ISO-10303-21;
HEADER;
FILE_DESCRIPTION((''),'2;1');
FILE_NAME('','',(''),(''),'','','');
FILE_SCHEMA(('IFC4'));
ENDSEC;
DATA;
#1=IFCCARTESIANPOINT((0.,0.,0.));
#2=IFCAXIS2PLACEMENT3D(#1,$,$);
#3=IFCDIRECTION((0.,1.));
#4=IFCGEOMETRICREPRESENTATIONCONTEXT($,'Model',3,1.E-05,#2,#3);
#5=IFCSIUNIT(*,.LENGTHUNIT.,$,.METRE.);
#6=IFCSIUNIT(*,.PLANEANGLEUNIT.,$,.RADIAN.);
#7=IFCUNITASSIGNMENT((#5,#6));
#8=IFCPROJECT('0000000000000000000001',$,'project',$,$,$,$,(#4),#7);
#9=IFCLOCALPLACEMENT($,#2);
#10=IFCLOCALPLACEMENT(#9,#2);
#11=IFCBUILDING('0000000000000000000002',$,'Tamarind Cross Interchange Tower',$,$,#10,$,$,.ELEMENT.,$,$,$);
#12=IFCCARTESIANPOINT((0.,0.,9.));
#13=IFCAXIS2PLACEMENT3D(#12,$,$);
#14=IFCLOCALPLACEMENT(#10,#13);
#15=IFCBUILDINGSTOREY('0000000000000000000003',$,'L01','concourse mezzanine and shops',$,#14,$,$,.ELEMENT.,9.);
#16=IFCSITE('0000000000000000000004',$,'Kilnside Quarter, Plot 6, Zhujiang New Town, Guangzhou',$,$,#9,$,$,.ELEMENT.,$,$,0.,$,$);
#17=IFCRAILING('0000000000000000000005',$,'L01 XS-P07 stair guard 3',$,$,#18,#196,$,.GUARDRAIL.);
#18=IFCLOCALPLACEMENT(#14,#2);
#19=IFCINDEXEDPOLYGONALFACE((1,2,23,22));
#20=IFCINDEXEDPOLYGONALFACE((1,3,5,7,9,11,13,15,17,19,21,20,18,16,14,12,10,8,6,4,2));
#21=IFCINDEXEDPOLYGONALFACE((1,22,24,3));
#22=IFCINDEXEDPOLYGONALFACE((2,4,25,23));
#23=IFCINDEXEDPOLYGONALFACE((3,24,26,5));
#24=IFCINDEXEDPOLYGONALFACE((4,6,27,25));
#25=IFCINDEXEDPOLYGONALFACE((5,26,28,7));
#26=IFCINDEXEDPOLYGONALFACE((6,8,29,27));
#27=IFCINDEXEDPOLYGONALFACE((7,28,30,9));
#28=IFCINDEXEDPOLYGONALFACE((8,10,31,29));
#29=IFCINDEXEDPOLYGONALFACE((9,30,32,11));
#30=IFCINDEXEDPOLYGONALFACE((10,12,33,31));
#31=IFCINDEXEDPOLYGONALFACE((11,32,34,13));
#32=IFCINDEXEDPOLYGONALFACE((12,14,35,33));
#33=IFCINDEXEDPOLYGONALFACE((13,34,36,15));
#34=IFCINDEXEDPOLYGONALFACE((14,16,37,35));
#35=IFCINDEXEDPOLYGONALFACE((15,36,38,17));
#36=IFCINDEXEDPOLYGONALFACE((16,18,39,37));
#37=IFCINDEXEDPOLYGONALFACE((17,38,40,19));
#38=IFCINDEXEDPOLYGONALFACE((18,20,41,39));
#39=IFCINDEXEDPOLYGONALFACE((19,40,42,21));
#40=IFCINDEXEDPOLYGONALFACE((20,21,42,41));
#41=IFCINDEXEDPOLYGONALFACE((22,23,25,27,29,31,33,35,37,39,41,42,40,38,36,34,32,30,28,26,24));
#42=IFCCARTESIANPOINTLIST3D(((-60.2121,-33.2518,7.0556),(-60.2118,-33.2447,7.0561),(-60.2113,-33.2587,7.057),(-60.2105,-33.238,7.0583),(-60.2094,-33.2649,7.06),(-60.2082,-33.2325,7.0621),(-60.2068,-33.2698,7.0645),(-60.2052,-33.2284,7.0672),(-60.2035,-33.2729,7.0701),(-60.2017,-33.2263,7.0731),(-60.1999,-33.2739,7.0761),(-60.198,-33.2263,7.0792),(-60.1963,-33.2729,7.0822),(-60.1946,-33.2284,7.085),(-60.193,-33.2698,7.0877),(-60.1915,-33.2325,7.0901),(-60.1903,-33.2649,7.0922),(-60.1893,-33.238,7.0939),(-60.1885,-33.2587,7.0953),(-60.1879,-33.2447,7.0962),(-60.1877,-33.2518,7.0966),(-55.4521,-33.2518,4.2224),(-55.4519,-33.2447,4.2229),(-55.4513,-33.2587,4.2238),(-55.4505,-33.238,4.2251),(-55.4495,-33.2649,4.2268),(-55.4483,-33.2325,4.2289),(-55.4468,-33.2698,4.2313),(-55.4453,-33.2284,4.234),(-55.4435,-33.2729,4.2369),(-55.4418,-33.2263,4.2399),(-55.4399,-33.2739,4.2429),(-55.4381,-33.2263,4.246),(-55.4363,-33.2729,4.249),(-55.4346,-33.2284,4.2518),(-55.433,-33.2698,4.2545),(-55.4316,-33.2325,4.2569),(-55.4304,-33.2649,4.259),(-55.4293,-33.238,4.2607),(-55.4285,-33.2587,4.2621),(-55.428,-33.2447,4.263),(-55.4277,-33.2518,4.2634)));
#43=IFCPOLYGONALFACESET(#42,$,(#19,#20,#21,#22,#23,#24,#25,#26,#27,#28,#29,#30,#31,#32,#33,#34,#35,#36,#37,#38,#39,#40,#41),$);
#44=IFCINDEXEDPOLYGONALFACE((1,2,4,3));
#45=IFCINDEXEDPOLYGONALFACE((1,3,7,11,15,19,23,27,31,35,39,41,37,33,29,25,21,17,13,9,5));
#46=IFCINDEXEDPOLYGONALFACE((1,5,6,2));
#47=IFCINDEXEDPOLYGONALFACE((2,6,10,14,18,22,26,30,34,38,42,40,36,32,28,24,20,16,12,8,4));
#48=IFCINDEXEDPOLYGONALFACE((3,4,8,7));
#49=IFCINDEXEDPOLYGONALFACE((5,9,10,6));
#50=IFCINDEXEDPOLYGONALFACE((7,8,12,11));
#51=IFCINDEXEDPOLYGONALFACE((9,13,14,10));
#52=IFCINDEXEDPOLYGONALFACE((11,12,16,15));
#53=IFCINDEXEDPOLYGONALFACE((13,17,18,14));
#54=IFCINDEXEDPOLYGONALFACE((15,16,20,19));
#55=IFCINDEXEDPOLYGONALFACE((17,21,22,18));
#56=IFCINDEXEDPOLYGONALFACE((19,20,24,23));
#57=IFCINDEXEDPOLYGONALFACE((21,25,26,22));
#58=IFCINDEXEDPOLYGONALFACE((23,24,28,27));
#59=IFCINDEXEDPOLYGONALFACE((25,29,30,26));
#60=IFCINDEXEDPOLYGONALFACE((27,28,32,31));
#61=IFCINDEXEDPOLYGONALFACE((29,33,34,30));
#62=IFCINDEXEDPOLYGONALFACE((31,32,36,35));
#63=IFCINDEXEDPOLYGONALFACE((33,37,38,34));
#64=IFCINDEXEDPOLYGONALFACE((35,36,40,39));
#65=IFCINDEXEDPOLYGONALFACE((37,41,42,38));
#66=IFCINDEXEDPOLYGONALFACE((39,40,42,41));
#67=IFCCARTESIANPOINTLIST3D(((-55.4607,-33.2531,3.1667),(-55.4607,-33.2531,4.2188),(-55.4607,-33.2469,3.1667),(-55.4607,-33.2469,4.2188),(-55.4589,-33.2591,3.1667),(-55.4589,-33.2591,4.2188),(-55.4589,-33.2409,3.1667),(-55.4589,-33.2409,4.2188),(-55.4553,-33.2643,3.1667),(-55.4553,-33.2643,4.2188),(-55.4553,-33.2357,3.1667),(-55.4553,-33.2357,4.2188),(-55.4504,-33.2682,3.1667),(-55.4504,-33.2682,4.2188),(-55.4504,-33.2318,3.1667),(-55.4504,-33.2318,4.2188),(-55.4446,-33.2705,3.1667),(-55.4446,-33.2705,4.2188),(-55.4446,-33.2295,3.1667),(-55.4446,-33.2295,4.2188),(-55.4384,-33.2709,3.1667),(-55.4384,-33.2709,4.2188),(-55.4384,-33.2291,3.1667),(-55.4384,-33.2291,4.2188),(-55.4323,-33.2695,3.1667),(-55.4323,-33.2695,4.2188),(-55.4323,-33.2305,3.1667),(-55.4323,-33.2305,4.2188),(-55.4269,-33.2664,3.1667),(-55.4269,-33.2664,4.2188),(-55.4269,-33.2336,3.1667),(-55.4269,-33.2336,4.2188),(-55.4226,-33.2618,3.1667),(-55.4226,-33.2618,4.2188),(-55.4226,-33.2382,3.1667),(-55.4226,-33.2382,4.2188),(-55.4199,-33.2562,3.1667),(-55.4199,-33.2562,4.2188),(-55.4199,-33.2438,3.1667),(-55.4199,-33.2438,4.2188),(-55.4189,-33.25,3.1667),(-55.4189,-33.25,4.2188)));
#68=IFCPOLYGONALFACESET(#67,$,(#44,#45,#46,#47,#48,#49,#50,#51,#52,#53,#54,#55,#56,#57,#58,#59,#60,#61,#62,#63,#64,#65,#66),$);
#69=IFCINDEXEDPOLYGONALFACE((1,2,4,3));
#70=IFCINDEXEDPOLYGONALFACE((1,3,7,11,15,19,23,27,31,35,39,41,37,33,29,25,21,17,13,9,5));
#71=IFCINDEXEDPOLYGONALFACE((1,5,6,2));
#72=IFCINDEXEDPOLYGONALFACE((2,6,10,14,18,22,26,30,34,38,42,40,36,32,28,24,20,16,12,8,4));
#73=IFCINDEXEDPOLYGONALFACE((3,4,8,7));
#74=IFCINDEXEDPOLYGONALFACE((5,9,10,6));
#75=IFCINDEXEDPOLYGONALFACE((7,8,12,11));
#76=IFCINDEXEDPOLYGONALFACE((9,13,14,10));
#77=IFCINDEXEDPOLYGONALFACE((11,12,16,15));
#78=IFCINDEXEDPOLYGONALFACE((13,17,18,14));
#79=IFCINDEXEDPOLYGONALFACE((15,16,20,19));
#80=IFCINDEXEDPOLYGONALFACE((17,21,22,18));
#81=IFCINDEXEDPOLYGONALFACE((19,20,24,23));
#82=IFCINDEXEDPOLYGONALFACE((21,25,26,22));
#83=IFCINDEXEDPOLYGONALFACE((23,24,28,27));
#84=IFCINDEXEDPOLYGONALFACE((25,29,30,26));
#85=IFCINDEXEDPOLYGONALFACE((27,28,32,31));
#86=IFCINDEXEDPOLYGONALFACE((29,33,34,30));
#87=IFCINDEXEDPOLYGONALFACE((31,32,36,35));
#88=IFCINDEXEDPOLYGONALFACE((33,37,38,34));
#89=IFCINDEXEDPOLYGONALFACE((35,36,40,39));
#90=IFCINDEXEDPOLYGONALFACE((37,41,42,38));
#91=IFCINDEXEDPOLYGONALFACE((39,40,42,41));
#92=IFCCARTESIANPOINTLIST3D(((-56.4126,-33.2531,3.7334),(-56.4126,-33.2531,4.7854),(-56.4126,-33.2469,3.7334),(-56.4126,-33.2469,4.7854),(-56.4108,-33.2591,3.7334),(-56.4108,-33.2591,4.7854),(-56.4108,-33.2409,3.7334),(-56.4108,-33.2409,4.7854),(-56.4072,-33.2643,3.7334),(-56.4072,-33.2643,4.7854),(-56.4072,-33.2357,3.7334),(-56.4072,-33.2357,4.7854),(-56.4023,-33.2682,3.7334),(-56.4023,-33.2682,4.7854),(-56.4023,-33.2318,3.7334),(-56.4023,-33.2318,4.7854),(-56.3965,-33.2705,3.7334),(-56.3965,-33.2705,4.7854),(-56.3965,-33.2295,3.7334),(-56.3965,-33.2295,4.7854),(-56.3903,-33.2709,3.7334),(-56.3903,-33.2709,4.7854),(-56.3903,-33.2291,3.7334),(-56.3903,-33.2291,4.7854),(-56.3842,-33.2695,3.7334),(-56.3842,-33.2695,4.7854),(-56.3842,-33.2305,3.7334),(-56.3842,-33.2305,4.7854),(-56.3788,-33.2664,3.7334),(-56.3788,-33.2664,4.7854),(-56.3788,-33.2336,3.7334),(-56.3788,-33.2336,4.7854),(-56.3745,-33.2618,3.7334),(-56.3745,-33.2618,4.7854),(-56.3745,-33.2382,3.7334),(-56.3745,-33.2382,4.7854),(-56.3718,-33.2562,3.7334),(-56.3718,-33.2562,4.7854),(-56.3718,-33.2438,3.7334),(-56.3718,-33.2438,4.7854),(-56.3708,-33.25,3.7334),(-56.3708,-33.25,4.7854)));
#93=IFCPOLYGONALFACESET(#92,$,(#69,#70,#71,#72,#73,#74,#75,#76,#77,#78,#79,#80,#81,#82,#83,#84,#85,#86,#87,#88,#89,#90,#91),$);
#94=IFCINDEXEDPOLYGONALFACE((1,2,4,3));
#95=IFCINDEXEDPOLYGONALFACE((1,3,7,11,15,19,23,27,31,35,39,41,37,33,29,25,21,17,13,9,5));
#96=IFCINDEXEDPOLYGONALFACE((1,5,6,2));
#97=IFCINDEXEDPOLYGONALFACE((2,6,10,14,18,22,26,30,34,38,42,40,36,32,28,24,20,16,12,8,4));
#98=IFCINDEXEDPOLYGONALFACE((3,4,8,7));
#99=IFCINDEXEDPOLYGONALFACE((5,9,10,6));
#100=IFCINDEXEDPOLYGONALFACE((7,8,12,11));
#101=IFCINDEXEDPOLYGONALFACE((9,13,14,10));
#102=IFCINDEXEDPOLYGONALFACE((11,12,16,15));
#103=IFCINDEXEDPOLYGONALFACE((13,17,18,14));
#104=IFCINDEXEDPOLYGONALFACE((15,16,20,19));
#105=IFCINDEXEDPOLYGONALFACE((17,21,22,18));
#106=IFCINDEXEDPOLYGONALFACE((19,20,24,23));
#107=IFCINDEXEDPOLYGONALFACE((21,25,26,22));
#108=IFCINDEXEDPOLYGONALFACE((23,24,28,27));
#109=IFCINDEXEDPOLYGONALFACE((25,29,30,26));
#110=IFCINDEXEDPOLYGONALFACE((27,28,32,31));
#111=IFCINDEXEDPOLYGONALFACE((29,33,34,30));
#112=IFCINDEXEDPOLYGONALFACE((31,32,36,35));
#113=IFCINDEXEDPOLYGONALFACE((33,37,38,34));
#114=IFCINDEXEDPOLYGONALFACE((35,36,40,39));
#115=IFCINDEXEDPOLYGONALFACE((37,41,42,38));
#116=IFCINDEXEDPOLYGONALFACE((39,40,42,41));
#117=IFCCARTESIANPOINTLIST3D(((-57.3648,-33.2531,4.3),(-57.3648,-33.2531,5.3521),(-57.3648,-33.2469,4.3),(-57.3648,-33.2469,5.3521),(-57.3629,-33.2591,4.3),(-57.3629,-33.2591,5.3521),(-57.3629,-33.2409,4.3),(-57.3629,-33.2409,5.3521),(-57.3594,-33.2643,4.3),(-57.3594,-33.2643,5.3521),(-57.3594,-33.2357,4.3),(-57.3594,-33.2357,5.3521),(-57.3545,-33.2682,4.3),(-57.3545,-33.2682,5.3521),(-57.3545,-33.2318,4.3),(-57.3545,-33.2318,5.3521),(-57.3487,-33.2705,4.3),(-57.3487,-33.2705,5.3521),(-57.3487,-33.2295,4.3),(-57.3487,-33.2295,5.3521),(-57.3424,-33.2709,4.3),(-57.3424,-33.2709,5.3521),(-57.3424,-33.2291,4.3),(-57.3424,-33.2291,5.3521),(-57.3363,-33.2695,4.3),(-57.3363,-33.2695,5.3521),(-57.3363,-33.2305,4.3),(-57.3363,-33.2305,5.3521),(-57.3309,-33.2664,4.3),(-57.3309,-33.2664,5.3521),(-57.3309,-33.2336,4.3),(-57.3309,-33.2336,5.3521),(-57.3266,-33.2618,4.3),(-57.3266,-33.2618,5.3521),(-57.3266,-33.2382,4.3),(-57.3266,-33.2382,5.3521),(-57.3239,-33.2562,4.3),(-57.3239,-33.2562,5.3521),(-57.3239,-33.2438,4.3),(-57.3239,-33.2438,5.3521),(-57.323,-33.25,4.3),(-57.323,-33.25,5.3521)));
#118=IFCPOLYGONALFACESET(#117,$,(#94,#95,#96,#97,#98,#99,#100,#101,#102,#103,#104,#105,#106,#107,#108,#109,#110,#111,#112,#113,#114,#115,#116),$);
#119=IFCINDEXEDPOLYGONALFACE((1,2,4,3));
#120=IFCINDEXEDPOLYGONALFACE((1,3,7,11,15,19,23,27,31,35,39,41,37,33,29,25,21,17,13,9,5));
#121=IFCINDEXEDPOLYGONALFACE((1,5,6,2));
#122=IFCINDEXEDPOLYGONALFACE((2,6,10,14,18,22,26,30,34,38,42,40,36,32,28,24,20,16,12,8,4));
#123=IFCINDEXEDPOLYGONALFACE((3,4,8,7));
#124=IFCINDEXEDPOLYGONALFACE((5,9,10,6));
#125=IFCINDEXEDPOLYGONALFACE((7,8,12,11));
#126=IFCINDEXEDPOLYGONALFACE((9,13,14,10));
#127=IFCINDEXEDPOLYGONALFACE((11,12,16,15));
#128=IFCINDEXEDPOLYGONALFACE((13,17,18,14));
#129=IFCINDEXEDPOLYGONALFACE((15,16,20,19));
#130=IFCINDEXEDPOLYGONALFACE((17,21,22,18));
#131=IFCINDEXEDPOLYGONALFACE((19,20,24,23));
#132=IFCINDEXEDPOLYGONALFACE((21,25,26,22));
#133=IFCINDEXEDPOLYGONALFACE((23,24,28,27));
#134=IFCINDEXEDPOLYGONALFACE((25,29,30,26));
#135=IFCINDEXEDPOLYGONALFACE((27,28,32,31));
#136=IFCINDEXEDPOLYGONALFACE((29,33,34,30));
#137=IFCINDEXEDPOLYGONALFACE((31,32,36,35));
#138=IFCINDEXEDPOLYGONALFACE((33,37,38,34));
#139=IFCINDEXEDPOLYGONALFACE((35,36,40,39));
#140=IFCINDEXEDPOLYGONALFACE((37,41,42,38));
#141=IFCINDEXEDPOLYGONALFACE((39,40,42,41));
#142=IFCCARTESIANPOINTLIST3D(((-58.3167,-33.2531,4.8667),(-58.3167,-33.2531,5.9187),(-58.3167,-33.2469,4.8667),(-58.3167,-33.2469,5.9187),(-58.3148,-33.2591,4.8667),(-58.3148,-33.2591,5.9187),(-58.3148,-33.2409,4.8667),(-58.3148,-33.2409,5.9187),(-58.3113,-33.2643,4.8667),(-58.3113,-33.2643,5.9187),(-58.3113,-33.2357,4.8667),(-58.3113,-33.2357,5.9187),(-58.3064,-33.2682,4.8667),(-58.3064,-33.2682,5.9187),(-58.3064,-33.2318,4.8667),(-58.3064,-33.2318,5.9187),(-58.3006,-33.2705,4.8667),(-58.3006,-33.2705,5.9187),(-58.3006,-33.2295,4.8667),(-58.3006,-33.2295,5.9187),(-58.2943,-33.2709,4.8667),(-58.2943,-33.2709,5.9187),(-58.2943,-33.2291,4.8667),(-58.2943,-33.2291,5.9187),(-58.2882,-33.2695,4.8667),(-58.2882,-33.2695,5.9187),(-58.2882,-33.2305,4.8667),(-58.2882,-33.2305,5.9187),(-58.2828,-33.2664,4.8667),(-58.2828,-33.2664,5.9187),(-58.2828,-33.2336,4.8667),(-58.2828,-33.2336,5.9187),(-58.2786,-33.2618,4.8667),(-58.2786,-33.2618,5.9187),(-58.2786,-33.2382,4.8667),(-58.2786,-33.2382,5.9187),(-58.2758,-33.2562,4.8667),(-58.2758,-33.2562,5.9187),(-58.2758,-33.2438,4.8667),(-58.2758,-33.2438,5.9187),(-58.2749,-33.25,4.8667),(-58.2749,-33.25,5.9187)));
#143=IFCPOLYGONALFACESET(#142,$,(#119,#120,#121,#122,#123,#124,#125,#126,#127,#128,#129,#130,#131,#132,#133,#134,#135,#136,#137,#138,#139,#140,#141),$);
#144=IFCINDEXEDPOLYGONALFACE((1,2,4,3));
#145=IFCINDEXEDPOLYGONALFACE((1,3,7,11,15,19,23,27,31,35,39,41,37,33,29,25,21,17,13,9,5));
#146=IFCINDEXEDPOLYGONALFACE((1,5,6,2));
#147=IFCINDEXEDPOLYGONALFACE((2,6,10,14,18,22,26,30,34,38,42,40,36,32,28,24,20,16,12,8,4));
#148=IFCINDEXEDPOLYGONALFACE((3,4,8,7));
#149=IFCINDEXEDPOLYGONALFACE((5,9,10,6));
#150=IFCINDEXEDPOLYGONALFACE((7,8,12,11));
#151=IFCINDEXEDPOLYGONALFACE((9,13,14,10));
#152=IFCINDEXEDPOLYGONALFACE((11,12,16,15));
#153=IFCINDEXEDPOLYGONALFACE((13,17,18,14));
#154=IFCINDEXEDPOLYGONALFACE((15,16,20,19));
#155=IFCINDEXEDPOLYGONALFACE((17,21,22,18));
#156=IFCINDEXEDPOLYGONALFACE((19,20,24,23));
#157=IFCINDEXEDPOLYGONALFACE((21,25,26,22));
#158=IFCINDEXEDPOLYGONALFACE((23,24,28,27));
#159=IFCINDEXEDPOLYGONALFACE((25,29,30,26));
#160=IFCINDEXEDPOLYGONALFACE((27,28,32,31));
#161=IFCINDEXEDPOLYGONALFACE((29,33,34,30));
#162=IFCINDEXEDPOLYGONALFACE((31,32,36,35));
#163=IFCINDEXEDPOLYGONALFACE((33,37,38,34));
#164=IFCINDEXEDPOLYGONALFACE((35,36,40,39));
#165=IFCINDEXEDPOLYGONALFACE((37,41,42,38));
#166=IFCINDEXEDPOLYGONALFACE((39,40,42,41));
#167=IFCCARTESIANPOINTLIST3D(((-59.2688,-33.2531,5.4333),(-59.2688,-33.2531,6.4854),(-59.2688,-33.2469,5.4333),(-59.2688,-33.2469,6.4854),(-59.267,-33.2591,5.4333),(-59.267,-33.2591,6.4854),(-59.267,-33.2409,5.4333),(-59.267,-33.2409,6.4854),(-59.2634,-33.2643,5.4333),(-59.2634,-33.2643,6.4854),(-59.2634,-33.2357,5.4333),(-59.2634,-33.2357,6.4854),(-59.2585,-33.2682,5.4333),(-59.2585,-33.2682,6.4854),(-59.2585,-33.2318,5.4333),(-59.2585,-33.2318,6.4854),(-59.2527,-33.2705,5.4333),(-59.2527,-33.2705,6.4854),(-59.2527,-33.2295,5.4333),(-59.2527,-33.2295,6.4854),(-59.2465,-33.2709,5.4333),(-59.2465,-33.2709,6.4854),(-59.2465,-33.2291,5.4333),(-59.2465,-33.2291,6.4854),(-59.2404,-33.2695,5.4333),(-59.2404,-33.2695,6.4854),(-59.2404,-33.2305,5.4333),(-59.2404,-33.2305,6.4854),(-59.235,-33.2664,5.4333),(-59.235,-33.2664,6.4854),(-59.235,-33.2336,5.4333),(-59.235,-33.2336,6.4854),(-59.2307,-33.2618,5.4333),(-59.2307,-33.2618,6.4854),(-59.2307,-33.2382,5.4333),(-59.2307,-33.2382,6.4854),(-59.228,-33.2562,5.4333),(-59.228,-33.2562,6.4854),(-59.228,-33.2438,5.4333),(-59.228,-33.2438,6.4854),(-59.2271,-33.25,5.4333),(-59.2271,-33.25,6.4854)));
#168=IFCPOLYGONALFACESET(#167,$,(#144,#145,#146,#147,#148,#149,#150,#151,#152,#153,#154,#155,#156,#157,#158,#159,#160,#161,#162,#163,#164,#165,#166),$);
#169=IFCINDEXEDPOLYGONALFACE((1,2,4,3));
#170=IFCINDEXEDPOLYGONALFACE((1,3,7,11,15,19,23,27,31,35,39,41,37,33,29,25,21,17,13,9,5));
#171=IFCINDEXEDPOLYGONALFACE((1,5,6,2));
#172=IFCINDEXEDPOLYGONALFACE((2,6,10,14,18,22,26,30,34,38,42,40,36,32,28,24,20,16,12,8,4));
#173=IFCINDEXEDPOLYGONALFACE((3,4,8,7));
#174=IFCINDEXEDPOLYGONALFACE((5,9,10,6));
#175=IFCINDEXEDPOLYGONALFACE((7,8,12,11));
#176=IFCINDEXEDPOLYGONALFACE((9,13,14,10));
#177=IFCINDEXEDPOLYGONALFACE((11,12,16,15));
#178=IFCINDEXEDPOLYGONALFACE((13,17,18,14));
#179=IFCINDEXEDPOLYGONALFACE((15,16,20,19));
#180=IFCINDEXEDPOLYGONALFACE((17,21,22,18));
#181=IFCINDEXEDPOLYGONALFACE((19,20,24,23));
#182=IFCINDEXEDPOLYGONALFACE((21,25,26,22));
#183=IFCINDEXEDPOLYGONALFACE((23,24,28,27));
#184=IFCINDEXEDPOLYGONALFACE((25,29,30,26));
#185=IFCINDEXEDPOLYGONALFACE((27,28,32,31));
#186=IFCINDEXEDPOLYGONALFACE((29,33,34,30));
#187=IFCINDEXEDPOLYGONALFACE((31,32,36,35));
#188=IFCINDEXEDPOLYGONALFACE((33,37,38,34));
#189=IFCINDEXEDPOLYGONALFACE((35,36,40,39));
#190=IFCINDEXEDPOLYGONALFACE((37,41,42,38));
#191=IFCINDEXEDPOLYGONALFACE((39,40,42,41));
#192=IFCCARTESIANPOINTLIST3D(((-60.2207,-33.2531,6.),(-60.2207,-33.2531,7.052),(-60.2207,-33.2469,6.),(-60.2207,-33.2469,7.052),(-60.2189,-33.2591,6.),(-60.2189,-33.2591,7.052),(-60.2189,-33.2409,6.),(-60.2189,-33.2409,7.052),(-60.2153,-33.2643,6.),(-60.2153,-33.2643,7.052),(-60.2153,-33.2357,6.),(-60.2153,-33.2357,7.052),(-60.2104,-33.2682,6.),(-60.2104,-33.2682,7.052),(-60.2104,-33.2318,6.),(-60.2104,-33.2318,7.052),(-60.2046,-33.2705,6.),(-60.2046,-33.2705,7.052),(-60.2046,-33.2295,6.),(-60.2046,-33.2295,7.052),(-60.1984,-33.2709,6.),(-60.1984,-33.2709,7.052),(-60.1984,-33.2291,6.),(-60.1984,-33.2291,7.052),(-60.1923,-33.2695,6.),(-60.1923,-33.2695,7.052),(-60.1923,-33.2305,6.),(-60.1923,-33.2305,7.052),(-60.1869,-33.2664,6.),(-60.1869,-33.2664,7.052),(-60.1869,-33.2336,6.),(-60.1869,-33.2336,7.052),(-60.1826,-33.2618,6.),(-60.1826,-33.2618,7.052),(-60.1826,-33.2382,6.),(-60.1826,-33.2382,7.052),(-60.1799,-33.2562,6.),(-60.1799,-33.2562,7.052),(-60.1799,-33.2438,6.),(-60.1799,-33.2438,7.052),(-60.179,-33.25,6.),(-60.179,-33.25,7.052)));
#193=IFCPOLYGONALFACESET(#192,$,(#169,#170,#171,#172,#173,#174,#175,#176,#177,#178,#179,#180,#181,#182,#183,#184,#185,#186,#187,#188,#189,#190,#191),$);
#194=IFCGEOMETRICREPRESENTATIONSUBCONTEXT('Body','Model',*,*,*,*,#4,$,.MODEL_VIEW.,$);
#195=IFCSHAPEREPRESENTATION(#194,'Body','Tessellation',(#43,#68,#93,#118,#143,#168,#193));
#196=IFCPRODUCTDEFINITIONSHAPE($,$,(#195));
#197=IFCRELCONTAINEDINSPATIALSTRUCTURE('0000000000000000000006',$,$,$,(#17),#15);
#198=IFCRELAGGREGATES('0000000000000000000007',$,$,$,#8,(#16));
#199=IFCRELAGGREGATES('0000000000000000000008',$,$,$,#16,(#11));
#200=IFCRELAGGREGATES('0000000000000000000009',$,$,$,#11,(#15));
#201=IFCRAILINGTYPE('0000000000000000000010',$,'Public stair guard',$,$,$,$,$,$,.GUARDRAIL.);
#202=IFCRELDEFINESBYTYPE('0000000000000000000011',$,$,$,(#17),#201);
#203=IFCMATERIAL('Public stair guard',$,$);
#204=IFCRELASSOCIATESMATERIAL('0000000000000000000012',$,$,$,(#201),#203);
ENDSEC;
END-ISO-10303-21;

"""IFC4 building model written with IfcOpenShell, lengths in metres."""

from ifc_helpers import new_model, si_unit, direction, frame, origin, origin_2d, place, context, subcontext, project, spatial, circle, extrude, material, type_object, element, save


model = new_model("IFC4")

# Units and contexts
model_context = context("Model", 3, precision=1e-05, world=origin(), true_north=direction((0.0, 1.0)))
body_context = subcontext(model_context, "Body", "Model", "MODEL_VIEW")
ifc_project = project(units=[si_unit("LENGTHUNIT", "METRE"), si_unit("PLANEANGLEUNIT", "RADIAN")], contexts=[model_context])

# Site, building, storey
site_placement = place(None, origin())
site = spatial("IfcSite", under=ifc_project, at=site_placement, Name="Kilnside Quarter, Plot 6, Zhujiang New Town, Guangzhou", CompositionType="ELEMENT", RefElevation=0.0)
building_placement = place(site_placement, origin())
building = spatial("IfcBuilding", under=site, at=building_placement, Name="Tamarind Cross Interchange Tower", CompositionType="ELEMENT")
storey_placement = place(building_placement, frame((0.0, 0.0, 9.0)))
storey = spatial("IfcBuildingStorey", under=building, at=storey_placement, Name="L01", Description="concourse mezzanine and shops", CompositionType="ELEMENT", Elevation=9.0)

# Railing
ifc_material_1 = material(Name="Public stair guard")
railing_type_1 = type_object("IfcRailingType", Name="Public stair guard", PredefinedType="GUARDRAIL", material=ifc_material_1)
railing_1_placement = place(storey_placement, frame((-55.4399, -33.25, 3.1667)))
element("IfcRailing", 1, at=railing_1_placement, inside=storey, type_object=railing_type_1, Name="L01 XS-P07 stair guard 3", PredefinedType="GUARDRAIL", context=body_context, shape_type="SweptSolid", body=[
    extrude(circle(Radius=0.0239, at=origin_2d()), frame((0.0, 0.0, 1.0762), z_axis=(-0.8593, 0.0, 0.511472), x_axis=(0.0, -1.0, 0.0)), (0.0, 0.0, 1.0), 5.5393),
    extrude(circle(Radius=0.021, at=origin_2d()), origin(), (0.0, 0.0, 1.0), 1.052),
    extrude(circle(Radius=0.021, at=origin_2d()), frame((-0.9519, 0.0, 0.5667)), (0.0, 0.0, 1.0), 1.052),
    extrude(circle(Radius=0.021, at=origin_2d()), frame((-1.9041, 0.0, 1.1333)), (0.0, 0.0, 1.0), 1.052),
    extrude(circle(Radius=0.021, at=origin_2d()), frame((-2.856, 0.0, 1.7)), (0.0, 0.0, 1.0), 1.052),
    extrude(circle(Radius=0.021, at=origin_2d()), frame((-3.8081, 0.0, 2.2666)), (0.0, 0.0, 1.0), 1.052),
    extrude(circle(Radius=0.021, at=origin_2d()), frame((-4.76, 0.0, 2.8333)), (0.0, 0.0, 1.0), 1.052),
])

save(model, "model.ifc")
